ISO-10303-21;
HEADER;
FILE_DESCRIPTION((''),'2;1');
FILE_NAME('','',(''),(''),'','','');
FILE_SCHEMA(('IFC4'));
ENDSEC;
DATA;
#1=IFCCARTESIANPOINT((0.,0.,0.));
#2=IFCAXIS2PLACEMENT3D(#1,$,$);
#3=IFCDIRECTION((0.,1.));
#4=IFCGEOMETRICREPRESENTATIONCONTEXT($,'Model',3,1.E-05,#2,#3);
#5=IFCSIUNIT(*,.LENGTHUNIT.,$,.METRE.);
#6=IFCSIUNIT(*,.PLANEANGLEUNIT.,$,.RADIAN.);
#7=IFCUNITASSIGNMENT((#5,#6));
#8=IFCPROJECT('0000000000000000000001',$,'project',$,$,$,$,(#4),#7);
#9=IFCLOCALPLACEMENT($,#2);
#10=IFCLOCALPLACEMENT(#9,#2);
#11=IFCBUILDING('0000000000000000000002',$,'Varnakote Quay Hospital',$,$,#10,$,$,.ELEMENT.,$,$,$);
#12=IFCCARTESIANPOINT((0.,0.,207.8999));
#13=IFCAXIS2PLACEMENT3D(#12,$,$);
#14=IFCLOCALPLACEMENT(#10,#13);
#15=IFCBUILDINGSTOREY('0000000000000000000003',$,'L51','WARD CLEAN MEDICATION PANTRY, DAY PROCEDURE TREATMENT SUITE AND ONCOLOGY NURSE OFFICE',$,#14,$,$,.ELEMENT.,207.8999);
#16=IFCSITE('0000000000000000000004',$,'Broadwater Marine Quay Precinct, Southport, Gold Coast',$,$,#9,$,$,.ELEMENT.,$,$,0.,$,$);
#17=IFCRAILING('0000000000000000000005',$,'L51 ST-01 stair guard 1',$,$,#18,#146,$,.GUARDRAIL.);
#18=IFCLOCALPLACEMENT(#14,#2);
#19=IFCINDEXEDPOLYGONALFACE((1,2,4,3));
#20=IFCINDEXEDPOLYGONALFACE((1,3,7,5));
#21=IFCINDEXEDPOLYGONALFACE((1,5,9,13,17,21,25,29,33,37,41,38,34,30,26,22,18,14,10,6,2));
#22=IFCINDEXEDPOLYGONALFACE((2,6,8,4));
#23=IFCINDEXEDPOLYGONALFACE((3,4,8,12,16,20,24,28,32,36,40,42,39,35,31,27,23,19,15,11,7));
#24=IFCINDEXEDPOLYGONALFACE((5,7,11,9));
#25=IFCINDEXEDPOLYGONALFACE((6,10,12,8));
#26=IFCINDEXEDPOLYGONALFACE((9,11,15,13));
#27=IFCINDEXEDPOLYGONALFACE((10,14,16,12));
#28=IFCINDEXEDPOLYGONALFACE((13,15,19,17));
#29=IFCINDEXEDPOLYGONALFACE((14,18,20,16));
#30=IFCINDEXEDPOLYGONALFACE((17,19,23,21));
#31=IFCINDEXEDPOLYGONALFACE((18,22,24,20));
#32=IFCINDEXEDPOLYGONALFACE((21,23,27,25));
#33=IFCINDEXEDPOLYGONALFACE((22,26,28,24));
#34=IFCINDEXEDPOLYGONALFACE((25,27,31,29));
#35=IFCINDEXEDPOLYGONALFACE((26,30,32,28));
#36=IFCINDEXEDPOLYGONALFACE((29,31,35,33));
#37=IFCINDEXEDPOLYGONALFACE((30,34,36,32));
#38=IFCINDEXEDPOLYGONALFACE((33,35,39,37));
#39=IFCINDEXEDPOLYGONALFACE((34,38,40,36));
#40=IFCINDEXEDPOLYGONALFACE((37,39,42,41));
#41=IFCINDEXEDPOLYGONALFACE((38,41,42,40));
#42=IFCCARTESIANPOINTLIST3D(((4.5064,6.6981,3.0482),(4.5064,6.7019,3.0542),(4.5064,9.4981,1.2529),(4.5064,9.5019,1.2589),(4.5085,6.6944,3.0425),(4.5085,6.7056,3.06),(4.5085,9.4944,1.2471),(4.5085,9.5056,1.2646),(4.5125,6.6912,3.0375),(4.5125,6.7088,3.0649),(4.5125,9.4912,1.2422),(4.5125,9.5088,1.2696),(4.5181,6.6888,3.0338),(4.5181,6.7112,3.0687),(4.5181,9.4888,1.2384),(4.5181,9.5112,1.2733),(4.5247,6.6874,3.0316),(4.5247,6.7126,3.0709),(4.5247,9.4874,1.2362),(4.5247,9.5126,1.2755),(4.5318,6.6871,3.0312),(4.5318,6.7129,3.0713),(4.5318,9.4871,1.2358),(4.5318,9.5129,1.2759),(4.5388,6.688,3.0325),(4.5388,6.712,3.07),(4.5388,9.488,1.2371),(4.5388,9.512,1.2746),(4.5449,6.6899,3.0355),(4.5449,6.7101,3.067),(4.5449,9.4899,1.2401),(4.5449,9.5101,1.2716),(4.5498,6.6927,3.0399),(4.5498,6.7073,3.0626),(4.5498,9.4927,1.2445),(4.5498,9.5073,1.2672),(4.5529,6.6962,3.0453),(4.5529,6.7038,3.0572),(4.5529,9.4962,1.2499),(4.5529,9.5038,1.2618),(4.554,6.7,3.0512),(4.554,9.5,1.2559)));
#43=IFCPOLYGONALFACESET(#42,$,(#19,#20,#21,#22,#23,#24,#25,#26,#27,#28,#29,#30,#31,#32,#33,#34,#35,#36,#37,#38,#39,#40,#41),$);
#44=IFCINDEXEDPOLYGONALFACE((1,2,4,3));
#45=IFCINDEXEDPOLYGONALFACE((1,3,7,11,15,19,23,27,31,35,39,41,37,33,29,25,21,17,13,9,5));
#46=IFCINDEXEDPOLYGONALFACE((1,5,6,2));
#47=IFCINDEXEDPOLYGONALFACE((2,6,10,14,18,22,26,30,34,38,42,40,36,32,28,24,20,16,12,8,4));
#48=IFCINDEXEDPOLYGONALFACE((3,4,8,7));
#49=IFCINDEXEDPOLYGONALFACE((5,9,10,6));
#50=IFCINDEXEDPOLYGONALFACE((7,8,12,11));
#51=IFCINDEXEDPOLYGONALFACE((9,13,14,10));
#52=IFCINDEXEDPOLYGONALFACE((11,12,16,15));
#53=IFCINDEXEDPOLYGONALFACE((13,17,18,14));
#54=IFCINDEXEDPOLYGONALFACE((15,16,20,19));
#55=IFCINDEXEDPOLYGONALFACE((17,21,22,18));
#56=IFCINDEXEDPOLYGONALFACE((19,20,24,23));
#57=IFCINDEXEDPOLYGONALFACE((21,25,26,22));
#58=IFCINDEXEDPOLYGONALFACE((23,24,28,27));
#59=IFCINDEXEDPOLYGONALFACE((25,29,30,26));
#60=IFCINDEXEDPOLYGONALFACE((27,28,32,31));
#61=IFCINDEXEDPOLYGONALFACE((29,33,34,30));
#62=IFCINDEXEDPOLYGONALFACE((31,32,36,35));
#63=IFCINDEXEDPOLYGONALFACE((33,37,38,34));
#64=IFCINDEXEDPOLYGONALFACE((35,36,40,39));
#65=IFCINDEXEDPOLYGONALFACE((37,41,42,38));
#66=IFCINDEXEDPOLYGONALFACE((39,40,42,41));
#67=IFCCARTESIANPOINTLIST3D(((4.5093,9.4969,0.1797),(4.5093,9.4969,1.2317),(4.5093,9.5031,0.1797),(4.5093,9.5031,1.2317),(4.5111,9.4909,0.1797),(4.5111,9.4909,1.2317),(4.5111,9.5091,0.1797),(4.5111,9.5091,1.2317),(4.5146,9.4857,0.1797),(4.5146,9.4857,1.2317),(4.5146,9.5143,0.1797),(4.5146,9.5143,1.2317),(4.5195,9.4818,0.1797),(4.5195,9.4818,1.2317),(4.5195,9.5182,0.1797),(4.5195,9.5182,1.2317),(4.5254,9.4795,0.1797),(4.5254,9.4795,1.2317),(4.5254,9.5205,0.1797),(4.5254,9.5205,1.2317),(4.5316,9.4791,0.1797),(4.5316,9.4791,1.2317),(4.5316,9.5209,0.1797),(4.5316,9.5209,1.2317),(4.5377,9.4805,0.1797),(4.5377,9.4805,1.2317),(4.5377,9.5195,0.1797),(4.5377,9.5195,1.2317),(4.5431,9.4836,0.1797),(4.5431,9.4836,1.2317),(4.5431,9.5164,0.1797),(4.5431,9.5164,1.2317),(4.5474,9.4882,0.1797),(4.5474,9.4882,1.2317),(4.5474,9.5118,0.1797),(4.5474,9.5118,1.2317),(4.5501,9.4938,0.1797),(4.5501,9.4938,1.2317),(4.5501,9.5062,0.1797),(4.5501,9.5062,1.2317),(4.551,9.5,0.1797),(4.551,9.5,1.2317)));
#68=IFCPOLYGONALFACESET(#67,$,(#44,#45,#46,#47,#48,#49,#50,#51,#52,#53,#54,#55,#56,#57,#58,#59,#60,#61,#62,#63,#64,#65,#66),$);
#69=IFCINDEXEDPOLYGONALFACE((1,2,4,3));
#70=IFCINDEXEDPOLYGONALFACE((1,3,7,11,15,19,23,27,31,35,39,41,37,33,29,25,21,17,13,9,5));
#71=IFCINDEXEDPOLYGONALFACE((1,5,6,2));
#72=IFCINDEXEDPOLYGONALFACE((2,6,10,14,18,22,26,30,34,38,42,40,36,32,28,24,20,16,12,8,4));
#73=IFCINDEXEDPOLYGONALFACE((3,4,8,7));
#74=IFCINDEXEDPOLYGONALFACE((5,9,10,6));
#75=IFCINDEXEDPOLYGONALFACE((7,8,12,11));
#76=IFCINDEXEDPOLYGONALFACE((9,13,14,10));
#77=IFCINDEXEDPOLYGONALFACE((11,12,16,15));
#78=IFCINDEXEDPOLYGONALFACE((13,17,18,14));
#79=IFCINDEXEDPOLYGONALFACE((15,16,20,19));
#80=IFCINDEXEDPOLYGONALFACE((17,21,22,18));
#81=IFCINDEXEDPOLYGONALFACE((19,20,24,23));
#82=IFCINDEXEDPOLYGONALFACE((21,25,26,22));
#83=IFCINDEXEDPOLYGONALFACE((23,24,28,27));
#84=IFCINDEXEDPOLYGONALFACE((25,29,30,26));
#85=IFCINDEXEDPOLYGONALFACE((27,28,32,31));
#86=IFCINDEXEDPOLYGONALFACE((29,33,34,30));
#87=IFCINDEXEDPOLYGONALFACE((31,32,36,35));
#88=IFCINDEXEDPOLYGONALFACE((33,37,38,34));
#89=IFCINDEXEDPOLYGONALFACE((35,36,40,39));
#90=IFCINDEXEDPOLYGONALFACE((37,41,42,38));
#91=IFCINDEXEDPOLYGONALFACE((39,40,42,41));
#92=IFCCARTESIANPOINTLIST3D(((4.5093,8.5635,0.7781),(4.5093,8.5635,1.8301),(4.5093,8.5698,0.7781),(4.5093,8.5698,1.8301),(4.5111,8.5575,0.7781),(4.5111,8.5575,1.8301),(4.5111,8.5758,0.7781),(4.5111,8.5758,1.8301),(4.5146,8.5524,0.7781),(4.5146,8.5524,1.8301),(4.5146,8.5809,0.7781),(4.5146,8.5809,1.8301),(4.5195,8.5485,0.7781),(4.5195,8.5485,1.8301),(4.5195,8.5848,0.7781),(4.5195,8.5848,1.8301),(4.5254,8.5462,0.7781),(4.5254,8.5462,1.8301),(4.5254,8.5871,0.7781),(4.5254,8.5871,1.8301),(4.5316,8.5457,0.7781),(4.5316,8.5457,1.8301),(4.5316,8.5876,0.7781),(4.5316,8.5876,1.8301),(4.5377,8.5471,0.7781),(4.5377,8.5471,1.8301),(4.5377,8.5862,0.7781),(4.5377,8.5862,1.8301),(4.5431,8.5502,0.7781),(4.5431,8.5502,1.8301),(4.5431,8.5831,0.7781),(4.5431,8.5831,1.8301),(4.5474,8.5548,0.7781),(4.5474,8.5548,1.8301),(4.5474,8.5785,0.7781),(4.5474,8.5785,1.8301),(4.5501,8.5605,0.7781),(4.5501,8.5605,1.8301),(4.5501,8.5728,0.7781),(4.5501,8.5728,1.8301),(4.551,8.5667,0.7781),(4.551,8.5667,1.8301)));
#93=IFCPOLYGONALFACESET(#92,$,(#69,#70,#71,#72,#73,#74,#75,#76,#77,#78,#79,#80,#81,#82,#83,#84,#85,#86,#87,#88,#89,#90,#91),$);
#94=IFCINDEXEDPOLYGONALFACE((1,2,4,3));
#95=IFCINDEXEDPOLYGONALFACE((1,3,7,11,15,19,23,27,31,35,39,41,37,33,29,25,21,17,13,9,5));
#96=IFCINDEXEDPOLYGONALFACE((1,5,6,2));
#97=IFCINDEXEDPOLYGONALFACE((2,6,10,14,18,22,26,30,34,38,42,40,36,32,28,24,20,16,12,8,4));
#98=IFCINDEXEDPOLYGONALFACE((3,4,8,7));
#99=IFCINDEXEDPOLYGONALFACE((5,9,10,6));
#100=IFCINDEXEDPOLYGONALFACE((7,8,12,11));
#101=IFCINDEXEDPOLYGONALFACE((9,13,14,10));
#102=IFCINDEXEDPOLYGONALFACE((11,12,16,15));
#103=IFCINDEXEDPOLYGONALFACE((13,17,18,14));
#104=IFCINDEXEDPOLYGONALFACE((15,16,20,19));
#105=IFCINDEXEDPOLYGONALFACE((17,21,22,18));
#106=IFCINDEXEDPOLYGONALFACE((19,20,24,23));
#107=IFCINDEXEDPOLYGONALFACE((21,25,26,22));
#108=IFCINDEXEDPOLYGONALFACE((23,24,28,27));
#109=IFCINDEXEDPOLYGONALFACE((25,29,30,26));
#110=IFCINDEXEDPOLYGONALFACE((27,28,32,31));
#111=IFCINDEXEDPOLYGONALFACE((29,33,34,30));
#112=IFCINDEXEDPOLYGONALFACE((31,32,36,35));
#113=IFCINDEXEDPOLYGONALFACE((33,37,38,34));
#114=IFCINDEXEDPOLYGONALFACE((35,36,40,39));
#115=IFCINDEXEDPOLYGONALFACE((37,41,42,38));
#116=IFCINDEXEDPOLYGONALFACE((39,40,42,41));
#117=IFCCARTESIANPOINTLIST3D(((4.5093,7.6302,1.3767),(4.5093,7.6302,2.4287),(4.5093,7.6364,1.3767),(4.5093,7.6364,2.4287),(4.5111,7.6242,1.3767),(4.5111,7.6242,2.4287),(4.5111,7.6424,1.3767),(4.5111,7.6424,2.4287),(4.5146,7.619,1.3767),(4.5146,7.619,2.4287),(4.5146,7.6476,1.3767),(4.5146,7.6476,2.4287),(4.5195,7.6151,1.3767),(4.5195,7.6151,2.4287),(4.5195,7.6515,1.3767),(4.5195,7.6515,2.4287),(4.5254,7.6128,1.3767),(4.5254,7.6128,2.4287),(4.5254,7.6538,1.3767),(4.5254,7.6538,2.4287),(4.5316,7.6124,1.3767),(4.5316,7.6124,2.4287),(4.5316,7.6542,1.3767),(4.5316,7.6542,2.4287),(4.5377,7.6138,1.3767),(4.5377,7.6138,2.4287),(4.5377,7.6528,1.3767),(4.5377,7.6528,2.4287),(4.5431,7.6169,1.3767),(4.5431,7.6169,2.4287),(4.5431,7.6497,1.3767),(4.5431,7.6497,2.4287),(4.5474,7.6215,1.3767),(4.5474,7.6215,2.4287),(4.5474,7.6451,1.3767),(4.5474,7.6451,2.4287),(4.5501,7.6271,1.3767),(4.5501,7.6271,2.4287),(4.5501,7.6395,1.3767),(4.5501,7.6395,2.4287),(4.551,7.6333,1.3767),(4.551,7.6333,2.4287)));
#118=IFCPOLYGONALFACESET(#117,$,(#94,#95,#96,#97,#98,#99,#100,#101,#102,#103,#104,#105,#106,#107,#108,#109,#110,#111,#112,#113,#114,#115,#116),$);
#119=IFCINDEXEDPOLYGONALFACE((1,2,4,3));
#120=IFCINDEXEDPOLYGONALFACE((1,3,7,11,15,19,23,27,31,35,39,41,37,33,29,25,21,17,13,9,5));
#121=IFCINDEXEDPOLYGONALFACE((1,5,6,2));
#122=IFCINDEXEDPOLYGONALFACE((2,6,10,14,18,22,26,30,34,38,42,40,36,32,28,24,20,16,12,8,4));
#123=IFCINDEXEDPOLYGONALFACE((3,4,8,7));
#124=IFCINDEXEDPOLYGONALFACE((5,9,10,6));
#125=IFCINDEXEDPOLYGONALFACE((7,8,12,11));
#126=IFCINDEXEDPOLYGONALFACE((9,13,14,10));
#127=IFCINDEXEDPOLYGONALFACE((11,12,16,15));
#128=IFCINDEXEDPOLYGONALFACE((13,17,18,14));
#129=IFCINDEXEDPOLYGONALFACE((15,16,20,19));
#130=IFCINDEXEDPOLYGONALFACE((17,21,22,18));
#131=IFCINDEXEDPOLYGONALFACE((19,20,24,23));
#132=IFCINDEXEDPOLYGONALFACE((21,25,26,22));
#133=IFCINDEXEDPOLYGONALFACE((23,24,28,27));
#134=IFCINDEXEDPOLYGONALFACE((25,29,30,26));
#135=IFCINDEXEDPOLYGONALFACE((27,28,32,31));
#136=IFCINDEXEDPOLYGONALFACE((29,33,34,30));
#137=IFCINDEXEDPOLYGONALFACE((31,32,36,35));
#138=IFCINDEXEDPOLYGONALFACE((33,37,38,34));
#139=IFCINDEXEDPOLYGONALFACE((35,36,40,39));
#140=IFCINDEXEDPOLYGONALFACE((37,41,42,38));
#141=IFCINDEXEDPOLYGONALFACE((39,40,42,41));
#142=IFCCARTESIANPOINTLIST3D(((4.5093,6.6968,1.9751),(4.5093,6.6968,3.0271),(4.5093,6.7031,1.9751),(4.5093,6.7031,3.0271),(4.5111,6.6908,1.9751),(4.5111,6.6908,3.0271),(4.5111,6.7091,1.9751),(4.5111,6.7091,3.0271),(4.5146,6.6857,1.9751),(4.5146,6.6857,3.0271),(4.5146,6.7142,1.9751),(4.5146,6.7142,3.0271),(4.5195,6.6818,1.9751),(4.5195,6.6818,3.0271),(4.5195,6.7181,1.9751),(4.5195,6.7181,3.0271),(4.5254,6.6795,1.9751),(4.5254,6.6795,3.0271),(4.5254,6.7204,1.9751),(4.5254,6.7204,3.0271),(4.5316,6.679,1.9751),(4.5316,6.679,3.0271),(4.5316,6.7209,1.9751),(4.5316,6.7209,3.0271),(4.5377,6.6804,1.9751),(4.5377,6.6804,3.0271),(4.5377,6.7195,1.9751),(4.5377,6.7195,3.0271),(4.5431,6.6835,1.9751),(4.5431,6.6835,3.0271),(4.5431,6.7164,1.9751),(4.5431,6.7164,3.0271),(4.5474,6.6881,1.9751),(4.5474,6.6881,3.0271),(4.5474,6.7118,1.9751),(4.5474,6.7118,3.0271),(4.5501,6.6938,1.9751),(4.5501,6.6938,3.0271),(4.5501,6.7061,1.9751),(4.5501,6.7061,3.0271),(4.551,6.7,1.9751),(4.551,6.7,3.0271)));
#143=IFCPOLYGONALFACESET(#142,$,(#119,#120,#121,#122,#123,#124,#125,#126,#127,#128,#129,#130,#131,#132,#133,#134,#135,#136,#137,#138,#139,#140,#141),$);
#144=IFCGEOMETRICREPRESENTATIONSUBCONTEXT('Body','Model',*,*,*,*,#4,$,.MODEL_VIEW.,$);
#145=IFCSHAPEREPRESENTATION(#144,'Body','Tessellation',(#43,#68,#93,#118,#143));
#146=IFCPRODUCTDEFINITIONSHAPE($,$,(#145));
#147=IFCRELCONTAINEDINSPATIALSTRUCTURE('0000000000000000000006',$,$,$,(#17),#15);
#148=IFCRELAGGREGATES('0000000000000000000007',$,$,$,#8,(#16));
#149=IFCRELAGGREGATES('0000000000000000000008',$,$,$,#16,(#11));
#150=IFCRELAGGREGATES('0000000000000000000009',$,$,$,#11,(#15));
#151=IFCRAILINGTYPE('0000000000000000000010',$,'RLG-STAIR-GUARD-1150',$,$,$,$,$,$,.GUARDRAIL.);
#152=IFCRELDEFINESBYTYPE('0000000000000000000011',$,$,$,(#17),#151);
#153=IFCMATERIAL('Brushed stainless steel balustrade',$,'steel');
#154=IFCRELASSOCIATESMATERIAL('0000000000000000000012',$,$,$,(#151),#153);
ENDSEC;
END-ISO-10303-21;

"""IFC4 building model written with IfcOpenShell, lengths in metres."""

from ifc_helpers import new_model, si_unit, direction, frame, origin, origin_2d, place, context, subcontext, project, spatial, circle, extrude, material, type_object, element, save


model = new_model("IFC4")

# Units and contexts
model_context = context("Model", 3, precision=1e-05, world=origin(), true_north=direction((0.0, 1.0)))
body_context = subcontext(model_context, "Body", "Model", "MODEL_VIEW")
ifc_project = project(units=[si_unit("LENGTHUNIT", "METRE"), si_unit("PLANEANGLEUNIT", "RADIAN")], contexts=[model_context])

# Site, building, storey
site_placement = place(None, origin())
site = spatial("IfcSite", under=ifc_project, at=site_placement, Name="Broadwater Marine Quay Precinct, Southport, Gold Coast", CompositionType="ELEMENT", RefElevation=0.0)
building_placement = place(site_placement, origin())
building = spatial("IfcBuilding", under=site, at=building_placement, Name="Varnakote Quay Hospital", CompositionType="ELEMENT")
storey_placement = place(building_placement, frame((0.0, 0.0, 207.8999)))
storey = spatial("IfcBuildingStorey", under=building, at=storey_placement, Name="L51", Description="WARD CLEAN MEDICATION PANTRY, DAY PROCEDURE TREATMENT SUITE AND ONCOLOGY NURSE OFFICE", CompositionType="ELEMENT", Elevation=207.8999)

# Railing
ifc_material_1 = material(Name="Brushed stainless steel balustrade", Category="steel")
railing_type_1 = type_object("IfcRailingType", Name="RLG-STAIR-GUARD-1150", PredefinedType="GUARDRAIL", material=ifc_material_1)
railing_1_placement = place(storey_placement, frame((4.53, 9.5, 0.1797)))
element("IfcRailing", 1, at=railing_1_placement, inside=storey, type_object=railing_type_1, Name="L51 ST-01 stair guard 1", PredefinedType="GUARDRAIL", context=body_context, shape_type="SweptSolid", body=[
    extrude(circle(Radius=0.0239, at=origin_2d()), frame((0.0, 0.0, 1.0762), z_axis=(0.0, -0.84181, 0.539774), x_axis=(1.0, 0.0, 0.0)), (0.0, 0.0, 1.0), 3.3262),
    extrude(circle(Radius=0.021, at=origin_2d()), origin(), (0.0, 0.0, 1.0), 1.052),
    extrude(circle(Radius=0.021, at=origin_2d()), frame((0.0, -0.9333, 0.5984)), (0.0, 0.0, 1.0), 1.052),
    extrude(circle(Radius=0.021, at=origin_2d()), frame((0.0, -1.8667, 1.197)), (0.0, 0.0, 1.0), 1.052),
    extrude(circle(Radius=0.021, at=origin_2d()), frame((0.0, -2.8, 1.7954)), (0.0, 0.0, 1.0), 1.052),
])

save(model, "model.ifc")
